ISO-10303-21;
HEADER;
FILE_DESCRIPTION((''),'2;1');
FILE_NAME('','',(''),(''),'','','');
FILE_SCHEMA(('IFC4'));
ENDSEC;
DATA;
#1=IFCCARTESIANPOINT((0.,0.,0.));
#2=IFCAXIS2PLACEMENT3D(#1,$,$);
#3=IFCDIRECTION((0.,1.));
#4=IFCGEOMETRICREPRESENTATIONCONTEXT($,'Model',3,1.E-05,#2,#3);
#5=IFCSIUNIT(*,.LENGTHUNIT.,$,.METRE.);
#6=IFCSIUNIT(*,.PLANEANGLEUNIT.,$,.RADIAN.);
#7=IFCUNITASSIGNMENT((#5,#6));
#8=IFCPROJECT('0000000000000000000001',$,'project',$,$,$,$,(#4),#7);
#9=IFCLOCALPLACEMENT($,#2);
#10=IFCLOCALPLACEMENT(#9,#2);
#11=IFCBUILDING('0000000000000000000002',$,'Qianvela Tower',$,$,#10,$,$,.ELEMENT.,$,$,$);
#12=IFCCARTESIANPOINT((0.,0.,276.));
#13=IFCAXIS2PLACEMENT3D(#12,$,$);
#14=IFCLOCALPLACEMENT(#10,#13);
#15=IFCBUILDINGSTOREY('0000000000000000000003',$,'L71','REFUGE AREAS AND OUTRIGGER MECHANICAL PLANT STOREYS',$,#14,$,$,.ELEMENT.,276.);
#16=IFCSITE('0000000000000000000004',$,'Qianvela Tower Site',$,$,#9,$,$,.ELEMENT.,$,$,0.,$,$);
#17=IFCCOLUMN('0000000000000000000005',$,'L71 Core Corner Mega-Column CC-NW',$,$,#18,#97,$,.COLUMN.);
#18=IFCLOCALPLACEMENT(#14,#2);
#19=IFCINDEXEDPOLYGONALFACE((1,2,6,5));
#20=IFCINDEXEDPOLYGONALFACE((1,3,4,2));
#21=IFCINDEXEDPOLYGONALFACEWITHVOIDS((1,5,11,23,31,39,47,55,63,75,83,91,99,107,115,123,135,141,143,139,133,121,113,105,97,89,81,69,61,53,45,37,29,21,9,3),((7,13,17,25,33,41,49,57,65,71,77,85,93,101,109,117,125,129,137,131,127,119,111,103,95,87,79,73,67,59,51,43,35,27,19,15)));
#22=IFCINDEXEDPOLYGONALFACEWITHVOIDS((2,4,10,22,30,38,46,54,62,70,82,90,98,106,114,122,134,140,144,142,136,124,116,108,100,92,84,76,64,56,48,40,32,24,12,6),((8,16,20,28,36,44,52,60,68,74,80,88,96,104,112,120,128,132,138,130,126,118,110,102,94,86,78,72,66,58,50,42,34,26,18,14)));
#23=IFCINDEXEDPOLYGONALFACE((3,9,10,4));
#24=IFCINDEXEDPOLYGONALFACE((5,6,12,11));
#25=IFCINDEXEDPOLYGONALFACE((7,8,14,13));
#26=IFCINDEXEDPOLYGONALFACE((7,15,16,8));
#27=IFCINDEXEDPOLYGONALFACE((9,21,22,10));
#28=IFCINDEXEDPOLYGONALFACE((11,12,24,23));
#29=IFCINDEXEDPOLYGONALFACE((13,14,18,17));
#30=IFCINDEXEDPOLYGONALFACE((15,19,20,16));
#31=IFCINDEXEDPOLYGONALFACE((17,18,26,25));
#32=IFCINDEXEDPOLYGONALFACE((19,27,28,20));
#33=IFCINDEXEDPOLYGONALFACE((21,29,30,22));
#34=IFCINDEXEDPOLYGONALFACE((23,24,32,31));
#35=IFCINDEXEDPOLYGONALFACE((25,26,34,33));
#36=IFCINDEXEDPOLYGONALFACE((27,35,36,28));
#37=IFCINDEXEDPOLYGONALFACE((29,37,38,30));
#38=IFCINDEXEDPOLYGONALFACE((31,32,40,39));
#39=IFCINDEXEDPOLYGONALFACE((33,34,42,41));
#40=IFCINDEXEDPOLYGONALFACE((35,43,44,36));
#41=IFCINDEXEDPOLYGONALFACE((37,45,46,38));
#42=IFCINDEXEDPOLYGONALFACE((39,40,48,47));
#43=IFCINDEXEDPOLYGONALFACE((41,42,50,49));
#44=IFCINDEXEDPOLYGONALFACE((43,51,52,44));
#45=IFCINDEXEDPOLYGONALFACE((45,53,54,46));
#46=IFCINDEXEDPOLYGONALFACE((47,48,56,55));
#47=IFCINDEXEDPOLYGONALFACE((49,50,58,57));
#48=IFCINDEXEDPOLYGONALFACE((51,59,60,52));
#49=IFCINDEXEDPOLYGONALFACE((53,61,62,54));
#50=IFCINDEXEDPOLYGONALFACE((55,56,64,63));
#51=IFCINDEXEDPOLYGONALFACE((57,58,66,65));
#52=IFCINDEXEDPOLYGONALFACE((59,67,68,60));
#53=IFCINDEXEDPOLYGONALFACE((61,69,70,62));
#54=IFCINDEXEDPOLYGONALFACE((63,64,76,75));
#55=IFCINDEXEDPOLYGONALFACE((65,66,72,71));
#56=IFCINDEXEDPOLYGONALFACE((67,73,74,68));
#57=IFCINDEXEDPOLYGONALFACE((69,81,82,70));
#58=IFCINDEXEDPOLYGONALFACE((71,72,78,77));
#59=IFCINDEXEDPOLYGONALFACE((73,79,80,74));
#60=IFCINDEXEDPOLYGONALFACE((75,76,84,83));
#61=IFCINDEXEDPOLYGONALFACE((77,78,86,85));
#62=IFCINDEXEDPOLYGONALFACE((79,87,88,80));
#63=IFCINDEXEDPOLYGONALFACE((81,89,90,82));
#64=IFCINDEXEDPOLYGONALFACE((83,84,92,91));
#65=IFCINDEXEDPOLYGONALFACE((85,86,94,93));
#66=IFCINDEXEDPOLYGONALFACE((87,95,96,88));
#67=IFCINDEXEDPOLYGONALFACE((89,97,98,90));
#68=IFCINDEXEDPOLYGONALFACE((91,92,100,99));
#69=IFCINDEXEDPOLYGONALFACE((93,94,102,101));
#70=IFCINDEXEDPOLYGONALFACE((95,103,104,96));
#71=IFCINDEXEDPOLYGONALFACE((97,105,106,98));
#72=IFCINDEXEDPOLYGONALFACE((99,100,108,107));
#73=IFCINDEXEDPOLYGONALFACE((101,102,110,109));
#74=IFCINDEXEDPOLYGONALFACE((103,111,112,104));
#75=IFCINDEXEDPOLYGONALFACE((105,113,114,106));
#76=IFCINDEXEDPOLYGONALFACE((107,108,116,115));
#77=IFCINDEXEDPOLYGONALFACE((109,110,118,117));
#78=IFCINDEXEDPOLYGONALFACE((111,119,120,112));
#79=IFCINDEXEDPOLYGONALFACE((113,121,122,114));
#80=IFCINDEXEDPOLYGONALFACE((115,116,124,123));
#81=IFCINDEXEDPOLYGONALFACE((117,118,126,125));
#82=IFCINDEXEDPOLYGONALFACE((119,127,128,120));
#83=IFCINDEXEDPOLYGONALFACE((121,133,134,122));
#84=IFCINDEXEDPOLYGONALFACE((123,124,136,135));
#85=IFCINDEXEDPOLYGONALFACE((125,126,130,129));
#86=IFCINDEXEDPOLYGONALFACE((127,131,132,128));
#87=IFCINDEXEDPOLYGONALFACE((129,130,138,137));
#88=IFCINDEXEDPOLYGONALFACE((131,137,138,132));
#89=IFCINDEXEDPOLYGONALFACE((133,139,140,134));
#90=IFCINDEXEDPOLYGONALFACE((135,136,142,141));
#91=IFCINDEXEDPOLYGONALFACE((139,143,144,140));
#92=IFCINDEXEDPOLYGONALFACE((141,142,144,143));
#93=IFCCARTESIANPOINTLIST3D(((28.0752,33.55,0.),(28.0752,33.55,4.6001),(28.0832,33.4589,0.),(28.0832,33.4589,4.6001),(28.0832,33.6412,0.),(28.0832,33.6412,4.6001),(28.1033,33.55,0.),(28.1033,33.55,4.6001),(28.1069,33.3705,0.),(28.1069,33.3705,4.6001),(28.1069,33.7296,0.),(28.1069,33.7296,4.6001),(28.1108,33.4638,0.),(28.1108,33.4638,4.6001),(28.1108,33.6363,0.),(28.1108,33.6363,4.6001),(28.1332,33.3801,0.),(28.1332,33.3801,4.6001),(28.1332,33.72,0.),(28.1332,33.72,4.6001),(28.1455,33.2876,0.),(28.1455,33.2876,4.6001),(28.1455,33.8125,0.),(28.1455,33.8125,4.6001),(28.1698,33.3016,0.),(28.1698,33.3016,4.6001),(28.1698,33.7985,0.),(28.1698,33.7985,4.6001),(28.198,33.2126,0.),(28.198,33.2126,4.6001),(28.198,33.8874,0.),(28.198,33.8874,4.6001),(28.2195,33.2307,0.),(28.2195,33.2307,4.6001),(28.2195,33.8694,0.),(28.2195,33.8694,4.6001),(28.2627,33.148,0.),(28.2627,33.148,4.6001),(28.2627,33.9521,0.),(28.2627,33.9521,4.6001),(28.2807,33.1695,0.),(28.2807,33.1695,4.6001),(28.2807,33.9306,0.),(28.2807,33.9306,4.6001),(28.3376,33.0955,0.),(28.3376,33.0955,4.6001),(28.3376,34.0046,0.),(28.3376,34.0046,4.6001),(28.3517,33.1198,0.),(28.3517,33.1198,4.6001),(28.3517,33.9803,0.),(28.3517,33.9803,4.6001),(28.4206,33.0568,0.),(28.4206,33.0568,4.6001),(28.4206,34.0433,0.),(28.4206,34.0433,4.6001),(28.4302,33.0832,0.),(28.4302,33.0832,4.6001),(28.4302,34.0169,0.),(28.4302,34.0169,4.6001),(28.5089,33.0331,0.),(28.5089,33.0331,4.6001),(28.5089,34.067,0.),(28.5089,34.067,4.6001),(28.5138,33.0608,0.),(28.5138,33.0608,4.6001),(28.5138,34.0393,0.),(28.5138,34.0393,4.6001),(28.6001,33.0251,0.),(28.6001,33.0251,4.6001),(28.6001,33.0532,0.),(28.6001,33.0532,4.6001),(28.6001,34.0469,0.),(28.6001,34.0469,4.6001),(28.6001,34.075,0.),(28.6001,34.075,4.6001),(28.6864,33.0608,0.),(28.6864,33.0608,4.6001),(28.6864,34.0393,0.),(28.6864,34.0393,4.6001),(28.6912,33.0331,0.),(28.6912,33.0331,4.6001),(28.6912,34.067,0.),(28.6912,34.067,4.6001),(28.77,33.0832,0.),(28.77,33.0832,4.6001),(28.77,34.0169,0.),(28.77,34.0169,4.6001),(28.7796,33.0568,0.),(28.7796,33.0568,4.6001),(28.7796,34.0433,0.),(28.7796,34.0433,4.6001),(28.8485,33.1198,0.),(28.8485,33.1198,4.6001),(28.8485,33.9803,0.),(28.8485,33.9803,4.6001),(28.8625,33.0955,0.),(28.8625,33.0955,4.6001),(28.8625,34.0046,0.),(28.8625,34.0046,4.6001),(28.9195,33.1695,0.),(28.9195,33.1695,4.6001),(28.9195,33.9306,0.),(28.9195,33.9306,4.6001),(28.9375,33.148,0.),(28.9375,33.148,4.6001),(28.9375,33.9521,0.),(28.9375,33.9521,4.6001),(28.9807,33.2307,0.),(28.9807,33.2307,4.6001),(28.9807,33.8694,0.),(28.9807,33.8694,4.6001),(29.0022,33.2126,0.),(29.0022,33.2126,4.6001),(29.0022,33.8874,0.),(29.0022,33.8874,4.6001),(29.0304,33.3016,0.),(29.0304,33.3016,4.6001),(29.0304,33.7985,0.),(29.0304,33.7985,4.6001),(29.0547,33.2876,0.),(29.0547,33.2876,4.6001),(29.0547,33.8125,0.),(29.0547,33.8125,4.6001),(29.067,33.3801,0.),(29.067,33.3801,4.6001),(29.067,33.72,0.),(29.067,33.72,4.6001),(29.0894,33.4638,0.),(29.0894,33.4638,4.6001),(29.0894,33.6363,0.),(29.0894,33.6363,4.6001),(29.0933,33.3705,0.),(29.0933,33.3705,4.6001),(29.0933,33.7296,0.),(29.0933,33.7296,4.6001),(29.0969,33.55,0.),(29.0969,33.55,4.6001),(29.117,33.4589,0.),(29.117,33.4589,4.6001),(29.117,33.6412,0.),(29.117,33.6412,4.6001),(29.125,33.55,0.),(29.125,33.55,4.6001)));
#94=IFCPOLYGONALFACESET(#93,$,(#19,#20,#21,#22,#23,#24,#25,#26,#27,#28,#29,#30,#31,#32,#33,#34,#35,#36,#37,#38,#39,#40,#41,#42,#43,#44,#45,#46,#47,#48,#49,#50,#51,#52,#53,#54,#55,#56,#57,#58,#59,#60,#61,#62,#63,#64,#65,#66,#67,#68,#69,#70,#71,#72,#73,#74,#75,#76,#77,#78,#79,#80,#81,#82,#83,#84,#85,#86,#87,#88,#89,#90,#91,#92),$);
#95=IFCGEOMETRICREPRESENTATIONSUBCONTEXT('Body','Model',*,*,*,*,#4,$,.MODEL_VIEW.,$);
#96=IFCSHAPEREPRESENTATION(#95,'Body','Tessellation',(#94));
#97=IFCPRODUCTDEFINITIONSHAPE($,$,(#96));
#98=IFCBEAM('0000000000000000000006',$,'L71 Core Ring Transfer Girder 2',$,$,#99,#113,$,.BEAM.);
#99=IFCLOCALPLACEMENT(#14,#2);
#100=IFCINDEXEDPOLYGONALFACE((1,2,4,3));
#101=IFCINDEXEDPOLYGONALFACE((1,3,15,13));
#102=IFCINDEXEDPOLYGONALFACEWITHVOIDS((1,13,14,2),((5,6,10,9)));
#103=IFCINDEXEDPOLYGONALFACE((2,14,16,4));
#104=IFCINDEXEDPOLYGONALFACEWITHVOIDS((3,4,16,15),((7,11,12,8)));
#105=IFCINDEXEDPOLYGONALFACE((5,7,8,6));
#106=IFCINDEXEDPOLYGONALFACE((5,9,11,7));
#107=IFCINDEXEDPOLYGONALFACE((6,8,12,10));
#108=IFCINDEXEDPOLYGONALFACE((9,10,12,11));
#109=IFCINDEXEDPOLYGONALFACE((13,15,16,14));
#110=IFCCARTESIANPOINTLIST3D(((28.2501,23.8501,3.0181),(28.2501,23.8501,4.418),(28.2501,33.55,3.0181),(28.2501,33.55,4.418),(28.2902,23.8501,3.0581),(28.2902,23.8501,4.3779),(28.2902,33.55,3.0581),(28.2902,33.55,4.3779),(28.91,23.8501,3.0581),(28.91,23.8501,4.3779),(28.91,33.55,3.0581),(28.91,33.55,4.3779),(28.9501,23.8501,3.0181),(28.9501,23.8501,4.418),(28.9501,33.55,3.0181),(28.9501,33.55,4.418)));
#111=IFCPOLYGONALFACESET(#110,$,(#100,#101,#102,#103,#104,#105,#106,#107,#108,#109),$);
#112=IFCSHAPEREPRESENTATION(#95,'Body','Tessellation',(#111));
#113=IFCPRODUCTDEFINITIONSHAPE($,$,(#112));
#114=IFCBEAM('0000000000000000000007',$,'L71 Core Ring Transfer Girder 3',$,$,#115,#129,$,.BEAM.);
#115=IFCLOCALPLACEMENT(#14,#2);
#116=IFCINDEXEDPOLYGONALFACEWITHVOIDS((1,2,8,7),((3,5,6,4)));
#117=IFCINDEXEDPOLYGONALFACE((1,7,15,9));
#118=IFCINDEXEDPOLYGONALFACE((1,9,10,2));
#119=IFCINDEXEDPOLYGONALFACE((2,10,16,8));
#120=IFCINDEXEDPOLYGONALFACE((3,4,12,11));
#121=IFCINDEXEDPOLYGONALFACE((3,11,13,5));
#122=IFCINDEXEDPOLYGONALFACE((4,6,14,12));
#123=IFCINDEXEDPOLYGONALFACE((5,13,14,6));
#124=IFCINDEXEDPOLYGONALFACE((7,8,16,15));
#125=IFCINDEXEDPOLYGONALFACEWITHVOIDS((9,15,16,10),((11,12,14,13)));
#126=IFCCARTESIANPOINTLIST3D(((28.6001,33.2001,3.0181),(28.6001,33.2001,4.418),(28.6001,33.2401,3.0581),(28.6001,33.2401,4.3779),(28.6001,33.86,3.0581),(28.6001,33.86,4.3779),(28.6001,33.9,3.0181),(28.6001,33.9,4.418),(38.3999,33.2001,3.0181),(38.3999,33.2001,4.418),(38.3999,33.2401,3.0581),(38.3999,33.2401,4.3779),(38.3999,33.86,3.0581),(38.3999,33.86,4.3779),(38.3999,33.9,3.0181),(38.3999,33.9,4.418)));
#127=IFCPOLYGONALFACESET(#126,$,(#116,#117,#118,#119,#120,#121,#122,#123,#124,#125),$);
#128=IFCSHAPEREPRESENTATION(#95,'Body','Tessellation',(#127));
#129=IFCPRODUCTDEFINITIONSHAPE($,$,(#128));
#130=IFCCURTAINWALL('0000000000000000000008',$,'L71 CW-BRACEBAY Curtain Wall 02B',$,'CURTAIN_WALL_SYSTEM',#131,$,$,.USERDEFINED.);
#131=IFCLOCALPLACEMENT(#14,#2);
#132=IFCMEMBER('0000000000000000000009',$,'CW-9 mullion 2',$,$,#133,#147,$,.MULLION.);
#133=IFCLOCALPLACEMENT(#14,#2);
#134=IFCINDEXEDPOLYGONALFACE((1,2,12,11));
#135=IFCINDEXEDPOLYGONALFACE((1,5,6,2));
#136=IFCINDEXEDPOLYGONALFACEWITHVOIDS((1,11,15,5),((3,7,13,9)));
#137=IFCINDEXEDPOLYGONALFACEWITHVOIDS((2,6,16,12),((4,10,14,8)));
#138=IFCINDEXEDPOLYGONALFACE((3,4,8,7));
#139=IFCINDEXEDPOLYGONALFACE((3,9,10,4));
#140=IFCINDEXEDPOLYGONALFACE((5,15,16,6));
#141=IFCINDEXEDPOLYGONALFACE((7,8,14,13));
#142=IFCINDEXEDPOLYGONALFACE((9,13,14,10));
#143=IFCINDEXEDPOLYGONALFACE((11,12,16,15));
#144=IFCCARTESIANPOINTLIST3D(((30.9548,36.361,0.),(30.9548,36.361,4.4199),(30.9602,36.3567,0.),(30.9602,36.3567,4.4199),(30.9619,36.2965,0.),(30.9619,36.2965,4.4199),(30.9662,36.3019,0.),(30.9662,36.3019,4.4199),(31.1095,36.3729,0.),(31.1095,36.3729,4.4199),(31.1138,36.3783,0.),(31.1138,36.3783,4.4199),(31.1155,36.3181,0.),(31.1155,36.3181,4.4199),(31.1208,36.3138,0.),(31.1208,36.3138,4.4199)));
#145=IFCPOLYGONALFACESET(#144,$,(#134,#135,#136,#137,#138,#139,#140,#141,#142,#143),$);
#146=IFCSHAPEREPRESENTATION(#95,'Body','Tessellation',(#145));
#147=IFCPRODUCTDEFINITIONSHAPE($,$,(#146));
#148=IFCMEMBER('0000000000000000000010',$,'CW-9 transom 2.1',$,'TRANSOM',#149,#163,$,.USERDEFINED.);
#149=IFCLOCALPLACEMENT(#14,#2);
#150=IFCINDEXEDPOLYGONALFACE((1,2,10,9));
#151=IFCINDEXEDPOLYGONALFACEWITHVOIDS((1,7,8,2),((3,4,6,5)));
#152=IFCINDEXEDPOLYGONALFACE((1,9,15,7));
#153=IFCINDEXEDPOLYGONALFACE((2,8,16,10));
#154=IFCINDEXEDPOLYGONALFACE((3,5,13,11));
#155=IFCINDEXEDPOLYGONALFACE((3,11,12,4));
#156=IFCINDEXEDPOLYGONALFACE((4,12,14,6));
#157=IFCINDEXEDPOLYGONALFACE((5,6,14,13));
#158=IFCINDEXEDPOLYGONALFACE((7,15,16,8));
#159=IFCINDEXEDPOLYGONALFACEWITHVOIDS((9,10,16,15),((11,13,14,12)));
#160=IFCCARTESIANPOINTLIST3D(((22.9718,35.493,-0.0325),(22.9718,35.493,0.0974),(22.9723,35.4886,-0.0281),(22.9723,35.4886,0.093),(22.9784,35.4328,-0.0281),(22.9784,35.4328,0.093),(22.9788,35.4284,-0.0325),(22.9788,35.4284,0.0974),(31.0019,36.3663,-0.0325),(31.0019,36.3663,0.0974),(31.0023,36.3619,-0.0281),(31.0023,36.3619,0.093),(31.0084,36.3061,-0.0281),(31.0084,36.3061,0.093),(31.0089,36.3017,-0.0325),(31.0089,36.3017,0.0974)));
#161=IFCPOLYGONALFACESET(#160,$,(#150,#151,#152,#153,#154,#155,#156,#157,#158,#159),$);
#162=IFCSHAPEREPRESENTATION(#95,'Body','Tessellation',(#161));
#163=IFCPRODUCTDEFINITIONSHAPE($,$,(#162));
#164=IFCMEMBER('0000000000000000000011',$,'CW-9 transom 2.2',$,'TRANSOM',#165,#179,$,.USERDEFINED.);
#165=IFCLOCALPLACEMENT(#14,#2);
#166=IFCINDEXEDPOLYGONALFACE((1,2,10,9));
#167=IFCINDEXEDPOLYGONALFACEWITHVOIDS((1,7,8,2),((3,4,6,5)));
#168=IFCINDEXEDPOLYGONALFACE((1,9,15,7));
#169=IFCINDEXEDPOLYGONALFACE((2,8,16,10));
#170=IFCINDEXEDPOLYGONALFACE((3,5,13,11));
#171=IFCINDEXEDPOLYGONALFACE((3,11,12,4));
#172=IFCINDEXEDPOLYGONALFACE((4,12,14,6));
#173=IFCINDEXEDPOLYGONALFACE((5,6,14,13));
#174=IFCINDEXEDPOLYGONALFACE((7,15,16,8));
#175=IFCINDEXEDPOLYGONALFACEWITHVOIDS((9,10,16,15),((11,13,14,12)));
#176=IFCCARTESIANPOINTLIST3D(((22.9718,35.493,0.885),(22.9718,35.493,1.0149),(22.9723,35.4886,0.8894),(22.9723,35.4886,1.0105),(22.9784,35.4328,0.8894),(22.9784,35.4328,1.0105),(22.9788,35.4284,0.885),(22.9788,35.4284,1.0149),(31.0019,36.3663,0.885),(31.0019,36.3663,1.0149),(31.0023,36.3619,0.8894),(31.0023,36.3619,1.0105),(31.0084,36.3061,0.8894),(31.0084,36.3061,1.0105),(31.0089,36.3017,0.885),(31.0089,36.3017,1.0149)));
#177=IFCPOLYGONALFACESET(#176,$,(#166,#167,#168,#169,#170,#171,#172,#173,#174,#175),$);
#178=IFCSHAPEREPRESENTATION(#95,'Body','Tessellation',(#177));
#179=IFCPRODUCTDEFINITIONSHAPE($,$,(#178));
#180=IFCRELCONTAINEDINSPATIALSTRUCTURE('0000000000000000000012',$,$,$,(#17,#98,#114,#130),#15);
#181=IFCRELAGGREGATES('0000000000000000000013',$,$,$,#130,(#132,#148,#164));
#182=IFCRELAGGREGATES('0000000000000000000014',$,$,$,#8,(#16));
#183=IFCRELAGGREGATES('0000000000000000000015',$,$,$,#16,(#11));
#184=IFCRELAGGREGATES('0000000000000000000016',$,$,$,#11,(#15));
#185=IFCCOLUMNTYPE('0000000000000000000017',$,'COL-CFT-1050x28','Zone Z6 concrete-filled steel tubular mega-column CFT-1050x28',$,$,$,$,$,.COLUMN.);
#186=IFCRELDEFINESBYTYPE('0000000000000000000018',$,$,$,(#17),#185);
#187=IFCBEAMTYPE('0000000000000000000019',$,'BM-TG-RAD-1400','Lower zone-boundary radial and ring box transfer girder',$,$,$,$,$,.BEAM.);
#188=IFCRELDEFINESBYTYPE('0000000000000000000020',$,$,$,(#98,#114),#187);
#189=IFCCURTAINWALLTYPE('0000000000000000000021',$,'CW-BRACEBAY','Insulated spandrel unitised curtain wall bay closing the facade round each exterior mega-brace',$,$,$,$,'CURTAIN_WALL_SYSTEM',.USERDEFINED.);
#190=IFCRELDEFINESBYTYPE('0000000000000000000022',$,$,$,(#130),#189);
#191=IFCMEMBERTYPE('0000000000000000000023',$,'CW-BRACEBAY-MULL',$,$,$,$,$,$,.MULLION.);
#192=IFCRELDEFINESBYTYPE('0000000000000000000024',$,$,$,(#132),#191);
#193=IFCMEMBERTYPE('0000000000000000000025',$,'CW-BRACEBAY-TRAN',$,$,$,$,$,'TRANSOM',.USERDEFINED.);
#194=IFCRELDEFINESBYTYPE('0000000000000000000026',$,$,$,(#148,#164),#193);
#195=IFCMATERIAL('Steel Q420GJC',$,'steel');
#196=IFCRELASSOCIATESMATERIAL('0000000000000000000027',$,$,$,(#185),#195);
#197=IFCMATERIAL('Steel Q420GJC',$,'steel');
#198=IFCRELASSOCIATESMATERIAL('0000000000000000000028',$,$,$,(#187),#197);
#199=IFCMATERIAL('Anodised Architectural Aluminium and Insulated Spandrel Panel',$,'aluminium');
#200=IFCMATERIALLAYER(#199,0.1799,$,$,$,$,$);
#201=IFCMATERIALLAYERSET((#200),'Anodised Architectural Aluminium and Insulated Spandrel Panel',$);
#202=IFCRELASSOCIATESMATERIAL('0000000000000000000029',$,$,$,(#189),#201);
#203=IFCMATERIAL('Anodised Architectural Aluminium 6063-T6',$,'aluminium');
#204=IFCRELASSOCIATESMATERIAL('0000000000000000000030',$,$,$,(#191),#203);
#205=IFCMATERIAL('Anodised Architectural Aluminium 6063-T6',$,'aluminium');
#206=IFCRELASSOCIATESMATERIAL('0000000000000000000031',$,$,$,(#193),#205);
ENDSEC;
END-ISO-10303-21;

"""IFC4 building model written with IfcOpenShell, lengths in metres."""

from ifc_helpers import new_model, si_unit, direction, frame, origin, origin_2d, place, context, subcontext, project, spatial, hollow_rectangle, hollow_circle, extrude, material, layer, layer_set, material_profile, profile_set, type_object, element, aggregate, save


model = new_model("IFC4")

# Units and contexts
model_context = context("Model", 3, precision=1e-05, world=origin(), true_north=direction((0.0, 1.0)))
body_context = subcontext(model_context, "Body", "Model", "MODEL_VIEW")
ifc_project = project(units=[si_unit("LENGTHUNIT", "METRE"), si_unit("PLANEANGLEUNIT", "RADIAN")], contexts=[model_context])

# Site, building, storey
site_placement = place(None, origin())
site = spatial("IfcSite", under=ifc_project, at=site_placement, Name="Qianvela Tower Site", CompositionType="ELEMENT", RefElevation=0.0)
building_placement = place(site_placement, origin())
building = spatial("IfcBuilding", under=site, at=building_placement, Name="Qianvela Tower", CompositionType="ELEMENT")
storey_placement = place(building_placement, frame((0.0, 0.0, 276.0)))
storey = spatial("IfcBuildingStorey", under=building, at=storey_placement, Name="L71", Description="REFUGE AREAS AND OUTRIGGER MECHANICAL PLANT STOREYS", CompositionType="ELEMENT", Elevation=276.0)

# Column
ifc_material_1 = material(Name="Steel Q420GJC", Category="steel")
ifc_material_profile_1 = material_profile(ifc_material_1, hollow_circle(Radius=0.5249, WallThickness=0.0281, at=origin_2d()), Name="CFT-1050x28")
ifc_profile_set_1 = profile_set([ifc_material_profile_1], Name="Steel Q420GJC")
column_type = type_object("IfcColumnType", Name="COL-CFT-1050x28", Description="Zone Z6 concrete-filled steel tubular mega-column CFT-1050x28", PredefinedType="COLUMN", material=ifc_profile_set_1)
column_placement = place(storey_placement, frame((28.6001, 33.55, 0.0), z_axis=(0.0, 0.0, 1.0), x_axis=(1.0, 0.0, 0.0)))
element("IfcColumn", 1, at=column_placement, inside=storey, type_object=column_type, Name="L71 Core Corner Mega-Column CC-NW", PredefinedType="COLUMN", context=body_context, shape_type="SweptSolid", body=[
    extrude(hollow_circle(Radius=0.5249, WallThickness=0.0281, at=origin_2d()), origin(), (0.0, 0.0, 1.0), 4.6001),
])

# Beams
ifc_material_2 = material(Name="Steel Q420GJC", Category="steel")
ifc_material_profile_2 = material_profile(ifc_material_2, hollow_rectangle(XDim=0.7, YDim=1.3999, WallThickness=0.04, at=origin_2d()), Name="TG-BOX-1400x700x40")
ifc_profile_set_2 = profile_set([ifc_material_profile_2], Name="Steel Q420GJC")
beam_type = type_object("IfcBeamType", Name="BM-TG-RAD-1400", Description="Lower zone-boundary radial and ring box transfer girder", PredefinedType="BEAM", material=ifc_profile_set_2)
beam_1_placement = place(storey_placement, frame((28.6001, 33.55, 3.718), z_axis=(0.0, -1.0, 0.0), x_axis=(1.0, 0.0, 0.0)))
element("IfcBeam", 2, at=beam_1_placement, inside=storey, type_object=beam_type, Name="L71 Core Ring Transfer Girder 2", PredefinedType="BEAM", context=body_context, shape_type="SweptSolid", body=[
    extrude(hollow_rectangle(XDim=0.7, YDim=1.3999, WallThickness=0.04, at=origin_2d()), origin(), (0.0, 0.0, 1.0), 9.7),
])
beam_2_placement = place(storey_placement, frame((28.6001, 33.55, 3.718), z_axis=(1.0, 0.0, 0.0), x_axis=(0.0, 1.0, 0.0)))
element("IfcBeam", 3, at=beam_2_placement, inside=storey, type_object=beam_type, Name="L71 Core Ring Transfer Girder 3", PredefinedType="BEAM", context=body_context, shape_type="SweptSolid", body=[
    extrude(hollow_rectangle(XDim=0.7, YDim=1.3999, WallThickness=0.04, at=origin_2d()), origin(), (0.0, 0.0, 1.0), 9.7998),
])

# Curtain wall, members
ifc_material_3 = material(Name="Anodised Architectural Aluminium and Insulated Spandrel Panel", Category="aluminium")
ifc_layer_1 = layer(ifc_material_3, 0.1799)
ifc_layer_set_1 = layer_set([ifc_layer_1], Name="Anodised Architectural Aluminium and Insulated Spandrel Panel")
curtain_wall_type = type_object("IfcCurtainWallType", Name="CW-BRACEBAY", Description="Insulated spandrel unitised curtain wall bay closing the facade round each exterior mega-brace", ElementType="CURTAIN_WALL_SYSTEM", PredefinedType="USERDEFINED", material=ifc_layer_set_1)
curtain_wall_placement = place(storey_placement, origin())
curtain_wall = element("IfcCurtainWall", 4, at=curtain_wall_placement, inside=storey, type_object=curtain_wall_type, Name="L71 CW-BRACEBAY Curtain Wall 02B", ObjectType="CURTAIN_WALL_SYSTEM", PredefinedType="USERDEFINED")
ifc_material_4 = material(Name="Anodised Architectural Aluminium 6063-T6", Category="aluminium")
ifc_material_profile_3 = material_profile(ifc_material_4, hollow_rectangle(XDim=0.0649, YDim=0.1599, WallThickness=0.0049, at=origin_2d()), Name="ALU-MULL-65x160")
ifc_profile_set_3 = profile_set([ifc_material_profile_3], Name="Anodised Architectural Aluminium 6063-T6")
member_type_1 = type_object("IfcMemberType", Name="CW-BRACEBAY-MULL", PredefinedType="MULLION", material=ifc_profile_set_3)
member_1_placement = place(storey_placement, frame((31.0378, 36.3374, 0.0), z_axis=(0.0, 0.0, 1.0), x_axis=(0.108122, -0.994138, 0.0)))
member_1 = element("IfcMember", 5, at=member_1_placement, type_object=member_type_1, Name="CW-9 mullion 2", PredefinedType="MULLION", context=body_context, shape_type="SweptSolid", body=[
    extrude(hollow_rectangle(XDim=0.0649, YDim=0.1599, WallThickness=0.0049, at=origin_2d()), origin(), (0.0, 0.0, 1.0), 4.4199),
])
ifc_material_5 = material(Name="Anodised Architectural Aluminium 6063-T6", Category="aluminium")
ifc_material_profile_4 = material_profile(ifc_material_5, hollow_rectangle(XDim=0.0649, YDim=0.1299, WallThickness=0.0044, at=origin_2d()), Name="ALU-TRAN-65x130")
ifc_profile_set_4 = profile_set([ifc_material_profile_4], Name="Anodised Architectural Aluminium 6063-T6")
member_type_2 = type_object("IfcMemberType", Name="CW-BRACEBAY-TRAN", ElementType="TRANSOM", PredefinedType="USERDEFINED", material=ifc_profile_set_4)
member_2_placement = place(storey_placement, frame((31.0054, 36.334, 0.0325), z_axis=(-0.994138, -0.108116, 0.0), x_axis=(0.108116, -0.994138, 0.0)))
member_2 = element("IfcMember", 6, at=member_2_placement, type_object=member_type_2, Name="CW-9 transom 2.1", ObjectType="TRANSOM", PredefinedType="USERDEFINED", context=body_context, shape_type="SweptSolid", body=[
    extrude(hollow_rectangle(XDim=0.0649, YDim=0.1299, WallThickness=0.0044, at=origin_2d()), origin(), (0.0, 0.0, 1.0), 8.0774),
])
member_3_placement = place(storey_placement, frame((31.0054, 36.334, 0.95), z_axis=(-0.994138, -0.108116, 0.0), x_axis=(0.108116, -0.994138, 0.0)))
member_3 = element("IfcMember", 7, at=member_3_placement, type_object=member_type_2, Name="CW-9 transom 2.2", ObjectType="TRANSOM", PredefinedType="USERDEFINED", context=body_context, shape_type="SweptSolid", body=[
    extrude(hollow_rectangle(XDim=0.0649, YDim=0.1299, WallThickness=0.0044, at=origin_2d()), origin(), (0.0, 0.0, 1.0), 8.0774),
])
aggregate(curtain_wall, [member_1, member_2, member_3])

save(model, "model.ifc")
